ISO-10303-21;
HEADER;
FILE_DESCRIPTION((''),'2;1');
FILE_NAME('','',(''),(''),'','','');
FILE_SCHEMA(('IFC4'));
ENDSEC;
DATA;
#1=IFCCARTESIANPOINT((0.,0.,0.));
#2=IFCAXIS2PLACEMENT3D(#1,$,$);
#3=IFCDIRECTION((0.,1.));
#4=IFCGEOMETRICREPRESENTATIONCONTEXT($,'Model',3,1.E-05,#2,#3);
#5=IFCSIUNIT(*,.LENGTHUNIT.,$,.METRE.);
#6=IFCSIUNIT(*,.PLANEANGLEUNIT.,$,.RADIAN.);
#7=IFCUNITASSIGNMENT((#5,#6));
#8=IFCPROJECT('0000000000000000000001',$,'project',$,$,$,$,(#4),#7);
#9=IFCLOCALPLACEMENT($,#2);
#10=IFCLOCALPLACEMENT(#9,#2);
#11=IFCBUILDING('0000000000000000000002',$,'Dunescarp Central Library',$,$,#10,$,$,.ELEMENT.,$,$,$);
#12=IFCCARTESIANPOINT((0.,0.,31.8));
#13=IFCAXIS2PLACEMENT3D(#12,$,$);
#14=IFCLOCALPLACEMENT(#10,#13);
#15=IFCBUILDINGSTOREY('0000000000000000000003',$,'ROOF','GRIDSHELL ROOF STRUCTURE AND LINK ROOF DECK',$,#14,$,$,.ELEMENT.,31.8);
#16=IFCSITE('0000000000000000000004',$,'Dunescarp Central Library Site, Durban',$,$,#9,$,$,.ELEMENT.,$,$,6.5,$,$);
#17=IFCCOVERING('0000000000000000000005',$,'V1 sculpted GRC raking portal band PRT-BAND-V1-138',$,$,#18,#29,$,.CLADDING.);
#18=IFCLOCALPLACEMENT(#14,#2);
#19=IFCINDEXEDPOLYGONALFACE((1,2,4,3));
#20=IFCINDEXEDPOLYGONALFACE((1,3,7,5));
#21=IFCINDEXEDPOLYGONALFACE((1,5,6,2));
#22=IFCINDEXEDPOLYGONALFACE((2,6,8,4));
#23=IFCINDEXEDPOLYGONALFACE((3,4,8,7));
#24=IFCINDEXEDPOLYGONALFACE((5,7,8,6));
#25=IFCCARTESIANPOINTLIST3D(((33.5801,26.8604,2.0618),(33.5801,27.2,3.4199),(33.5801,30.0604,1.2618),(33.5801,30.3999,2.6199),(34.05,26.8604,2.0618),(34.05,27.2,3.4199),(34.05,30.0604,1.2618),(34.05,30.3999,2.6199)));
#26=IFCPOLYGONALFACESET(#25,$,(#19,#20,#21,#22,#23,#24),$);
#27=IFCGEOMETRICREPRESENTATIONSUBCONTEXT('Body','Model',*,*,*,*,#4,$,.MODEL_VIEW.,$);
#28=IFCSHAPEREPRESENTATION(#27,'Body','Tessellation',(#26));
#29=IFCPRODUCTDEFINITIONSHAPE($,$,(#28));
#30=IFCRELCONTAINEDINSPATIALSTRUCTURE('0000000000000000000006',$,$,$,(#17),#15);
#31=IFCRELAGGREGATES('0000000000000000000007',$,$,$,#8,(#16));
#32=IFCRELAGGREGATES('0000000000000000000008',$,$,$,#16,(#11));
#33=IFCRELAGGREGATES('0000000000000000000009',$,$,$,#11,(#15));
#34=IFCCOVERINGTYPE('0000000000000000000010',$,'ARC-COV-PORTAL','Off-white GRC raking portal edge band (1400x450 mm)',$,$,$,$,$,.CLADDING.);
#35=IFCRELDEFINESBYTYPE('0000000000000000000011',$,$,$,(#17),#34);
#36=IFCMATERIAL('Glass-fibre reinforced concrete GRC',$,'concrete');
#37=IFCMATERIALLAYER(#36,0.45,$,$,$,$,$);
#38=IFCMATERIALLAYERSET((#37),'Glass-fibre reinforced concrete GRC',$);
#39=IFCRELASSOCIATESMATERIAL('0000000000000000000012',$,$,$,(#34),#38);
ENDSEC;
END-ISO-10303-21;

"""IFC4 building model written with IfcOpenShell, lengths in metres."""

from ifc_helpers import new_model, si_unit, direction, frame, origin, place, context, subcontext, project, spatial, polyline, outline, extrude, material, layer, layer_set, type_object, element, save


model = new_model("IFC4")

# Units and contexts
model_context = context("Model", 3, precision=1e-05, world=origin(), true_north=direction((0.0, 1.0)))
body_context = subcontext(model_context, "Body", "Model", "MODEL_VIEW")
ifc_project = project(units=[si_unit("LENGTHUNIT", "METRE"), si_unit("PLANEANGLEUNIT", "RADIAN")], contexts=[model_context])

# Site, building, storey
site_placement = place(None, origin())
site = spatial("IfcSite", under=ifc_project, at=site_placement, Name="Dunescarp Central Library Site, Durban", CompositionType="ELEMENT", RefElevation=6.5)
building_placement = place(site_placement, origin())
building = spatial("IfcBuilding", under=site, at=building_placement, Name="Dunescarp Central Library", CompositionType="ELEMENT")
storey_placement = place(building_placement, frame((0.0, 0.0, 31.8)))
storey = spatial("IfcBuildingStorey", under=building, at=storey_placement, Name="ROOF", Description="GRIDSHELL ROOF STRUCTURE AND LINK ROOF DECK", CompositionType="ELEMENT", Elevation=31.8)

# Covering
ifc_material_1 = material(Name="Glass-fibre reinforced concrete GRC", Category="concrete")
ifc_layer_1 = layer(ifc_material_1, 0.45)
ifc_layer_set_1 = layer_set([ifc_layer_1], Name="Glass-fibre reinforced concrete GRC")
covering_type = type_object("IfcCoveringType", Name="ARC-COV-PORTAL", Description="Off-white GRC raking portal edge band (1400x450 mm)", PredefinedType="CLADDING", material=ifc_layer_set_1)
covering_1_placement = place(storey_placement, frame((33.5801, 27.2, 3.4199), z_axis=(0.0, 0.242553, 0.970138), x_axis=(1.0, 0.0, 0.0)))
element("IfcCovering", 1, at=covering_1_placement, inside=storey, type_object=covering_type, Name="V1 sculpted GRC raking portal band PRT-BAND-V1-138", PredefinedType="CLADDING", context=body_context, shape_type="SweptSolid", body=[
    extrude(outline(polyline([(0.0, 0.0), (0.47, 0.0), (0.47, 3.2984), (0.0, 3.2984), (0.0, 0.0)])), origin(), (0.0, 0.0, -1.0), 1.3999),
])

save(model, "model.ifc")
